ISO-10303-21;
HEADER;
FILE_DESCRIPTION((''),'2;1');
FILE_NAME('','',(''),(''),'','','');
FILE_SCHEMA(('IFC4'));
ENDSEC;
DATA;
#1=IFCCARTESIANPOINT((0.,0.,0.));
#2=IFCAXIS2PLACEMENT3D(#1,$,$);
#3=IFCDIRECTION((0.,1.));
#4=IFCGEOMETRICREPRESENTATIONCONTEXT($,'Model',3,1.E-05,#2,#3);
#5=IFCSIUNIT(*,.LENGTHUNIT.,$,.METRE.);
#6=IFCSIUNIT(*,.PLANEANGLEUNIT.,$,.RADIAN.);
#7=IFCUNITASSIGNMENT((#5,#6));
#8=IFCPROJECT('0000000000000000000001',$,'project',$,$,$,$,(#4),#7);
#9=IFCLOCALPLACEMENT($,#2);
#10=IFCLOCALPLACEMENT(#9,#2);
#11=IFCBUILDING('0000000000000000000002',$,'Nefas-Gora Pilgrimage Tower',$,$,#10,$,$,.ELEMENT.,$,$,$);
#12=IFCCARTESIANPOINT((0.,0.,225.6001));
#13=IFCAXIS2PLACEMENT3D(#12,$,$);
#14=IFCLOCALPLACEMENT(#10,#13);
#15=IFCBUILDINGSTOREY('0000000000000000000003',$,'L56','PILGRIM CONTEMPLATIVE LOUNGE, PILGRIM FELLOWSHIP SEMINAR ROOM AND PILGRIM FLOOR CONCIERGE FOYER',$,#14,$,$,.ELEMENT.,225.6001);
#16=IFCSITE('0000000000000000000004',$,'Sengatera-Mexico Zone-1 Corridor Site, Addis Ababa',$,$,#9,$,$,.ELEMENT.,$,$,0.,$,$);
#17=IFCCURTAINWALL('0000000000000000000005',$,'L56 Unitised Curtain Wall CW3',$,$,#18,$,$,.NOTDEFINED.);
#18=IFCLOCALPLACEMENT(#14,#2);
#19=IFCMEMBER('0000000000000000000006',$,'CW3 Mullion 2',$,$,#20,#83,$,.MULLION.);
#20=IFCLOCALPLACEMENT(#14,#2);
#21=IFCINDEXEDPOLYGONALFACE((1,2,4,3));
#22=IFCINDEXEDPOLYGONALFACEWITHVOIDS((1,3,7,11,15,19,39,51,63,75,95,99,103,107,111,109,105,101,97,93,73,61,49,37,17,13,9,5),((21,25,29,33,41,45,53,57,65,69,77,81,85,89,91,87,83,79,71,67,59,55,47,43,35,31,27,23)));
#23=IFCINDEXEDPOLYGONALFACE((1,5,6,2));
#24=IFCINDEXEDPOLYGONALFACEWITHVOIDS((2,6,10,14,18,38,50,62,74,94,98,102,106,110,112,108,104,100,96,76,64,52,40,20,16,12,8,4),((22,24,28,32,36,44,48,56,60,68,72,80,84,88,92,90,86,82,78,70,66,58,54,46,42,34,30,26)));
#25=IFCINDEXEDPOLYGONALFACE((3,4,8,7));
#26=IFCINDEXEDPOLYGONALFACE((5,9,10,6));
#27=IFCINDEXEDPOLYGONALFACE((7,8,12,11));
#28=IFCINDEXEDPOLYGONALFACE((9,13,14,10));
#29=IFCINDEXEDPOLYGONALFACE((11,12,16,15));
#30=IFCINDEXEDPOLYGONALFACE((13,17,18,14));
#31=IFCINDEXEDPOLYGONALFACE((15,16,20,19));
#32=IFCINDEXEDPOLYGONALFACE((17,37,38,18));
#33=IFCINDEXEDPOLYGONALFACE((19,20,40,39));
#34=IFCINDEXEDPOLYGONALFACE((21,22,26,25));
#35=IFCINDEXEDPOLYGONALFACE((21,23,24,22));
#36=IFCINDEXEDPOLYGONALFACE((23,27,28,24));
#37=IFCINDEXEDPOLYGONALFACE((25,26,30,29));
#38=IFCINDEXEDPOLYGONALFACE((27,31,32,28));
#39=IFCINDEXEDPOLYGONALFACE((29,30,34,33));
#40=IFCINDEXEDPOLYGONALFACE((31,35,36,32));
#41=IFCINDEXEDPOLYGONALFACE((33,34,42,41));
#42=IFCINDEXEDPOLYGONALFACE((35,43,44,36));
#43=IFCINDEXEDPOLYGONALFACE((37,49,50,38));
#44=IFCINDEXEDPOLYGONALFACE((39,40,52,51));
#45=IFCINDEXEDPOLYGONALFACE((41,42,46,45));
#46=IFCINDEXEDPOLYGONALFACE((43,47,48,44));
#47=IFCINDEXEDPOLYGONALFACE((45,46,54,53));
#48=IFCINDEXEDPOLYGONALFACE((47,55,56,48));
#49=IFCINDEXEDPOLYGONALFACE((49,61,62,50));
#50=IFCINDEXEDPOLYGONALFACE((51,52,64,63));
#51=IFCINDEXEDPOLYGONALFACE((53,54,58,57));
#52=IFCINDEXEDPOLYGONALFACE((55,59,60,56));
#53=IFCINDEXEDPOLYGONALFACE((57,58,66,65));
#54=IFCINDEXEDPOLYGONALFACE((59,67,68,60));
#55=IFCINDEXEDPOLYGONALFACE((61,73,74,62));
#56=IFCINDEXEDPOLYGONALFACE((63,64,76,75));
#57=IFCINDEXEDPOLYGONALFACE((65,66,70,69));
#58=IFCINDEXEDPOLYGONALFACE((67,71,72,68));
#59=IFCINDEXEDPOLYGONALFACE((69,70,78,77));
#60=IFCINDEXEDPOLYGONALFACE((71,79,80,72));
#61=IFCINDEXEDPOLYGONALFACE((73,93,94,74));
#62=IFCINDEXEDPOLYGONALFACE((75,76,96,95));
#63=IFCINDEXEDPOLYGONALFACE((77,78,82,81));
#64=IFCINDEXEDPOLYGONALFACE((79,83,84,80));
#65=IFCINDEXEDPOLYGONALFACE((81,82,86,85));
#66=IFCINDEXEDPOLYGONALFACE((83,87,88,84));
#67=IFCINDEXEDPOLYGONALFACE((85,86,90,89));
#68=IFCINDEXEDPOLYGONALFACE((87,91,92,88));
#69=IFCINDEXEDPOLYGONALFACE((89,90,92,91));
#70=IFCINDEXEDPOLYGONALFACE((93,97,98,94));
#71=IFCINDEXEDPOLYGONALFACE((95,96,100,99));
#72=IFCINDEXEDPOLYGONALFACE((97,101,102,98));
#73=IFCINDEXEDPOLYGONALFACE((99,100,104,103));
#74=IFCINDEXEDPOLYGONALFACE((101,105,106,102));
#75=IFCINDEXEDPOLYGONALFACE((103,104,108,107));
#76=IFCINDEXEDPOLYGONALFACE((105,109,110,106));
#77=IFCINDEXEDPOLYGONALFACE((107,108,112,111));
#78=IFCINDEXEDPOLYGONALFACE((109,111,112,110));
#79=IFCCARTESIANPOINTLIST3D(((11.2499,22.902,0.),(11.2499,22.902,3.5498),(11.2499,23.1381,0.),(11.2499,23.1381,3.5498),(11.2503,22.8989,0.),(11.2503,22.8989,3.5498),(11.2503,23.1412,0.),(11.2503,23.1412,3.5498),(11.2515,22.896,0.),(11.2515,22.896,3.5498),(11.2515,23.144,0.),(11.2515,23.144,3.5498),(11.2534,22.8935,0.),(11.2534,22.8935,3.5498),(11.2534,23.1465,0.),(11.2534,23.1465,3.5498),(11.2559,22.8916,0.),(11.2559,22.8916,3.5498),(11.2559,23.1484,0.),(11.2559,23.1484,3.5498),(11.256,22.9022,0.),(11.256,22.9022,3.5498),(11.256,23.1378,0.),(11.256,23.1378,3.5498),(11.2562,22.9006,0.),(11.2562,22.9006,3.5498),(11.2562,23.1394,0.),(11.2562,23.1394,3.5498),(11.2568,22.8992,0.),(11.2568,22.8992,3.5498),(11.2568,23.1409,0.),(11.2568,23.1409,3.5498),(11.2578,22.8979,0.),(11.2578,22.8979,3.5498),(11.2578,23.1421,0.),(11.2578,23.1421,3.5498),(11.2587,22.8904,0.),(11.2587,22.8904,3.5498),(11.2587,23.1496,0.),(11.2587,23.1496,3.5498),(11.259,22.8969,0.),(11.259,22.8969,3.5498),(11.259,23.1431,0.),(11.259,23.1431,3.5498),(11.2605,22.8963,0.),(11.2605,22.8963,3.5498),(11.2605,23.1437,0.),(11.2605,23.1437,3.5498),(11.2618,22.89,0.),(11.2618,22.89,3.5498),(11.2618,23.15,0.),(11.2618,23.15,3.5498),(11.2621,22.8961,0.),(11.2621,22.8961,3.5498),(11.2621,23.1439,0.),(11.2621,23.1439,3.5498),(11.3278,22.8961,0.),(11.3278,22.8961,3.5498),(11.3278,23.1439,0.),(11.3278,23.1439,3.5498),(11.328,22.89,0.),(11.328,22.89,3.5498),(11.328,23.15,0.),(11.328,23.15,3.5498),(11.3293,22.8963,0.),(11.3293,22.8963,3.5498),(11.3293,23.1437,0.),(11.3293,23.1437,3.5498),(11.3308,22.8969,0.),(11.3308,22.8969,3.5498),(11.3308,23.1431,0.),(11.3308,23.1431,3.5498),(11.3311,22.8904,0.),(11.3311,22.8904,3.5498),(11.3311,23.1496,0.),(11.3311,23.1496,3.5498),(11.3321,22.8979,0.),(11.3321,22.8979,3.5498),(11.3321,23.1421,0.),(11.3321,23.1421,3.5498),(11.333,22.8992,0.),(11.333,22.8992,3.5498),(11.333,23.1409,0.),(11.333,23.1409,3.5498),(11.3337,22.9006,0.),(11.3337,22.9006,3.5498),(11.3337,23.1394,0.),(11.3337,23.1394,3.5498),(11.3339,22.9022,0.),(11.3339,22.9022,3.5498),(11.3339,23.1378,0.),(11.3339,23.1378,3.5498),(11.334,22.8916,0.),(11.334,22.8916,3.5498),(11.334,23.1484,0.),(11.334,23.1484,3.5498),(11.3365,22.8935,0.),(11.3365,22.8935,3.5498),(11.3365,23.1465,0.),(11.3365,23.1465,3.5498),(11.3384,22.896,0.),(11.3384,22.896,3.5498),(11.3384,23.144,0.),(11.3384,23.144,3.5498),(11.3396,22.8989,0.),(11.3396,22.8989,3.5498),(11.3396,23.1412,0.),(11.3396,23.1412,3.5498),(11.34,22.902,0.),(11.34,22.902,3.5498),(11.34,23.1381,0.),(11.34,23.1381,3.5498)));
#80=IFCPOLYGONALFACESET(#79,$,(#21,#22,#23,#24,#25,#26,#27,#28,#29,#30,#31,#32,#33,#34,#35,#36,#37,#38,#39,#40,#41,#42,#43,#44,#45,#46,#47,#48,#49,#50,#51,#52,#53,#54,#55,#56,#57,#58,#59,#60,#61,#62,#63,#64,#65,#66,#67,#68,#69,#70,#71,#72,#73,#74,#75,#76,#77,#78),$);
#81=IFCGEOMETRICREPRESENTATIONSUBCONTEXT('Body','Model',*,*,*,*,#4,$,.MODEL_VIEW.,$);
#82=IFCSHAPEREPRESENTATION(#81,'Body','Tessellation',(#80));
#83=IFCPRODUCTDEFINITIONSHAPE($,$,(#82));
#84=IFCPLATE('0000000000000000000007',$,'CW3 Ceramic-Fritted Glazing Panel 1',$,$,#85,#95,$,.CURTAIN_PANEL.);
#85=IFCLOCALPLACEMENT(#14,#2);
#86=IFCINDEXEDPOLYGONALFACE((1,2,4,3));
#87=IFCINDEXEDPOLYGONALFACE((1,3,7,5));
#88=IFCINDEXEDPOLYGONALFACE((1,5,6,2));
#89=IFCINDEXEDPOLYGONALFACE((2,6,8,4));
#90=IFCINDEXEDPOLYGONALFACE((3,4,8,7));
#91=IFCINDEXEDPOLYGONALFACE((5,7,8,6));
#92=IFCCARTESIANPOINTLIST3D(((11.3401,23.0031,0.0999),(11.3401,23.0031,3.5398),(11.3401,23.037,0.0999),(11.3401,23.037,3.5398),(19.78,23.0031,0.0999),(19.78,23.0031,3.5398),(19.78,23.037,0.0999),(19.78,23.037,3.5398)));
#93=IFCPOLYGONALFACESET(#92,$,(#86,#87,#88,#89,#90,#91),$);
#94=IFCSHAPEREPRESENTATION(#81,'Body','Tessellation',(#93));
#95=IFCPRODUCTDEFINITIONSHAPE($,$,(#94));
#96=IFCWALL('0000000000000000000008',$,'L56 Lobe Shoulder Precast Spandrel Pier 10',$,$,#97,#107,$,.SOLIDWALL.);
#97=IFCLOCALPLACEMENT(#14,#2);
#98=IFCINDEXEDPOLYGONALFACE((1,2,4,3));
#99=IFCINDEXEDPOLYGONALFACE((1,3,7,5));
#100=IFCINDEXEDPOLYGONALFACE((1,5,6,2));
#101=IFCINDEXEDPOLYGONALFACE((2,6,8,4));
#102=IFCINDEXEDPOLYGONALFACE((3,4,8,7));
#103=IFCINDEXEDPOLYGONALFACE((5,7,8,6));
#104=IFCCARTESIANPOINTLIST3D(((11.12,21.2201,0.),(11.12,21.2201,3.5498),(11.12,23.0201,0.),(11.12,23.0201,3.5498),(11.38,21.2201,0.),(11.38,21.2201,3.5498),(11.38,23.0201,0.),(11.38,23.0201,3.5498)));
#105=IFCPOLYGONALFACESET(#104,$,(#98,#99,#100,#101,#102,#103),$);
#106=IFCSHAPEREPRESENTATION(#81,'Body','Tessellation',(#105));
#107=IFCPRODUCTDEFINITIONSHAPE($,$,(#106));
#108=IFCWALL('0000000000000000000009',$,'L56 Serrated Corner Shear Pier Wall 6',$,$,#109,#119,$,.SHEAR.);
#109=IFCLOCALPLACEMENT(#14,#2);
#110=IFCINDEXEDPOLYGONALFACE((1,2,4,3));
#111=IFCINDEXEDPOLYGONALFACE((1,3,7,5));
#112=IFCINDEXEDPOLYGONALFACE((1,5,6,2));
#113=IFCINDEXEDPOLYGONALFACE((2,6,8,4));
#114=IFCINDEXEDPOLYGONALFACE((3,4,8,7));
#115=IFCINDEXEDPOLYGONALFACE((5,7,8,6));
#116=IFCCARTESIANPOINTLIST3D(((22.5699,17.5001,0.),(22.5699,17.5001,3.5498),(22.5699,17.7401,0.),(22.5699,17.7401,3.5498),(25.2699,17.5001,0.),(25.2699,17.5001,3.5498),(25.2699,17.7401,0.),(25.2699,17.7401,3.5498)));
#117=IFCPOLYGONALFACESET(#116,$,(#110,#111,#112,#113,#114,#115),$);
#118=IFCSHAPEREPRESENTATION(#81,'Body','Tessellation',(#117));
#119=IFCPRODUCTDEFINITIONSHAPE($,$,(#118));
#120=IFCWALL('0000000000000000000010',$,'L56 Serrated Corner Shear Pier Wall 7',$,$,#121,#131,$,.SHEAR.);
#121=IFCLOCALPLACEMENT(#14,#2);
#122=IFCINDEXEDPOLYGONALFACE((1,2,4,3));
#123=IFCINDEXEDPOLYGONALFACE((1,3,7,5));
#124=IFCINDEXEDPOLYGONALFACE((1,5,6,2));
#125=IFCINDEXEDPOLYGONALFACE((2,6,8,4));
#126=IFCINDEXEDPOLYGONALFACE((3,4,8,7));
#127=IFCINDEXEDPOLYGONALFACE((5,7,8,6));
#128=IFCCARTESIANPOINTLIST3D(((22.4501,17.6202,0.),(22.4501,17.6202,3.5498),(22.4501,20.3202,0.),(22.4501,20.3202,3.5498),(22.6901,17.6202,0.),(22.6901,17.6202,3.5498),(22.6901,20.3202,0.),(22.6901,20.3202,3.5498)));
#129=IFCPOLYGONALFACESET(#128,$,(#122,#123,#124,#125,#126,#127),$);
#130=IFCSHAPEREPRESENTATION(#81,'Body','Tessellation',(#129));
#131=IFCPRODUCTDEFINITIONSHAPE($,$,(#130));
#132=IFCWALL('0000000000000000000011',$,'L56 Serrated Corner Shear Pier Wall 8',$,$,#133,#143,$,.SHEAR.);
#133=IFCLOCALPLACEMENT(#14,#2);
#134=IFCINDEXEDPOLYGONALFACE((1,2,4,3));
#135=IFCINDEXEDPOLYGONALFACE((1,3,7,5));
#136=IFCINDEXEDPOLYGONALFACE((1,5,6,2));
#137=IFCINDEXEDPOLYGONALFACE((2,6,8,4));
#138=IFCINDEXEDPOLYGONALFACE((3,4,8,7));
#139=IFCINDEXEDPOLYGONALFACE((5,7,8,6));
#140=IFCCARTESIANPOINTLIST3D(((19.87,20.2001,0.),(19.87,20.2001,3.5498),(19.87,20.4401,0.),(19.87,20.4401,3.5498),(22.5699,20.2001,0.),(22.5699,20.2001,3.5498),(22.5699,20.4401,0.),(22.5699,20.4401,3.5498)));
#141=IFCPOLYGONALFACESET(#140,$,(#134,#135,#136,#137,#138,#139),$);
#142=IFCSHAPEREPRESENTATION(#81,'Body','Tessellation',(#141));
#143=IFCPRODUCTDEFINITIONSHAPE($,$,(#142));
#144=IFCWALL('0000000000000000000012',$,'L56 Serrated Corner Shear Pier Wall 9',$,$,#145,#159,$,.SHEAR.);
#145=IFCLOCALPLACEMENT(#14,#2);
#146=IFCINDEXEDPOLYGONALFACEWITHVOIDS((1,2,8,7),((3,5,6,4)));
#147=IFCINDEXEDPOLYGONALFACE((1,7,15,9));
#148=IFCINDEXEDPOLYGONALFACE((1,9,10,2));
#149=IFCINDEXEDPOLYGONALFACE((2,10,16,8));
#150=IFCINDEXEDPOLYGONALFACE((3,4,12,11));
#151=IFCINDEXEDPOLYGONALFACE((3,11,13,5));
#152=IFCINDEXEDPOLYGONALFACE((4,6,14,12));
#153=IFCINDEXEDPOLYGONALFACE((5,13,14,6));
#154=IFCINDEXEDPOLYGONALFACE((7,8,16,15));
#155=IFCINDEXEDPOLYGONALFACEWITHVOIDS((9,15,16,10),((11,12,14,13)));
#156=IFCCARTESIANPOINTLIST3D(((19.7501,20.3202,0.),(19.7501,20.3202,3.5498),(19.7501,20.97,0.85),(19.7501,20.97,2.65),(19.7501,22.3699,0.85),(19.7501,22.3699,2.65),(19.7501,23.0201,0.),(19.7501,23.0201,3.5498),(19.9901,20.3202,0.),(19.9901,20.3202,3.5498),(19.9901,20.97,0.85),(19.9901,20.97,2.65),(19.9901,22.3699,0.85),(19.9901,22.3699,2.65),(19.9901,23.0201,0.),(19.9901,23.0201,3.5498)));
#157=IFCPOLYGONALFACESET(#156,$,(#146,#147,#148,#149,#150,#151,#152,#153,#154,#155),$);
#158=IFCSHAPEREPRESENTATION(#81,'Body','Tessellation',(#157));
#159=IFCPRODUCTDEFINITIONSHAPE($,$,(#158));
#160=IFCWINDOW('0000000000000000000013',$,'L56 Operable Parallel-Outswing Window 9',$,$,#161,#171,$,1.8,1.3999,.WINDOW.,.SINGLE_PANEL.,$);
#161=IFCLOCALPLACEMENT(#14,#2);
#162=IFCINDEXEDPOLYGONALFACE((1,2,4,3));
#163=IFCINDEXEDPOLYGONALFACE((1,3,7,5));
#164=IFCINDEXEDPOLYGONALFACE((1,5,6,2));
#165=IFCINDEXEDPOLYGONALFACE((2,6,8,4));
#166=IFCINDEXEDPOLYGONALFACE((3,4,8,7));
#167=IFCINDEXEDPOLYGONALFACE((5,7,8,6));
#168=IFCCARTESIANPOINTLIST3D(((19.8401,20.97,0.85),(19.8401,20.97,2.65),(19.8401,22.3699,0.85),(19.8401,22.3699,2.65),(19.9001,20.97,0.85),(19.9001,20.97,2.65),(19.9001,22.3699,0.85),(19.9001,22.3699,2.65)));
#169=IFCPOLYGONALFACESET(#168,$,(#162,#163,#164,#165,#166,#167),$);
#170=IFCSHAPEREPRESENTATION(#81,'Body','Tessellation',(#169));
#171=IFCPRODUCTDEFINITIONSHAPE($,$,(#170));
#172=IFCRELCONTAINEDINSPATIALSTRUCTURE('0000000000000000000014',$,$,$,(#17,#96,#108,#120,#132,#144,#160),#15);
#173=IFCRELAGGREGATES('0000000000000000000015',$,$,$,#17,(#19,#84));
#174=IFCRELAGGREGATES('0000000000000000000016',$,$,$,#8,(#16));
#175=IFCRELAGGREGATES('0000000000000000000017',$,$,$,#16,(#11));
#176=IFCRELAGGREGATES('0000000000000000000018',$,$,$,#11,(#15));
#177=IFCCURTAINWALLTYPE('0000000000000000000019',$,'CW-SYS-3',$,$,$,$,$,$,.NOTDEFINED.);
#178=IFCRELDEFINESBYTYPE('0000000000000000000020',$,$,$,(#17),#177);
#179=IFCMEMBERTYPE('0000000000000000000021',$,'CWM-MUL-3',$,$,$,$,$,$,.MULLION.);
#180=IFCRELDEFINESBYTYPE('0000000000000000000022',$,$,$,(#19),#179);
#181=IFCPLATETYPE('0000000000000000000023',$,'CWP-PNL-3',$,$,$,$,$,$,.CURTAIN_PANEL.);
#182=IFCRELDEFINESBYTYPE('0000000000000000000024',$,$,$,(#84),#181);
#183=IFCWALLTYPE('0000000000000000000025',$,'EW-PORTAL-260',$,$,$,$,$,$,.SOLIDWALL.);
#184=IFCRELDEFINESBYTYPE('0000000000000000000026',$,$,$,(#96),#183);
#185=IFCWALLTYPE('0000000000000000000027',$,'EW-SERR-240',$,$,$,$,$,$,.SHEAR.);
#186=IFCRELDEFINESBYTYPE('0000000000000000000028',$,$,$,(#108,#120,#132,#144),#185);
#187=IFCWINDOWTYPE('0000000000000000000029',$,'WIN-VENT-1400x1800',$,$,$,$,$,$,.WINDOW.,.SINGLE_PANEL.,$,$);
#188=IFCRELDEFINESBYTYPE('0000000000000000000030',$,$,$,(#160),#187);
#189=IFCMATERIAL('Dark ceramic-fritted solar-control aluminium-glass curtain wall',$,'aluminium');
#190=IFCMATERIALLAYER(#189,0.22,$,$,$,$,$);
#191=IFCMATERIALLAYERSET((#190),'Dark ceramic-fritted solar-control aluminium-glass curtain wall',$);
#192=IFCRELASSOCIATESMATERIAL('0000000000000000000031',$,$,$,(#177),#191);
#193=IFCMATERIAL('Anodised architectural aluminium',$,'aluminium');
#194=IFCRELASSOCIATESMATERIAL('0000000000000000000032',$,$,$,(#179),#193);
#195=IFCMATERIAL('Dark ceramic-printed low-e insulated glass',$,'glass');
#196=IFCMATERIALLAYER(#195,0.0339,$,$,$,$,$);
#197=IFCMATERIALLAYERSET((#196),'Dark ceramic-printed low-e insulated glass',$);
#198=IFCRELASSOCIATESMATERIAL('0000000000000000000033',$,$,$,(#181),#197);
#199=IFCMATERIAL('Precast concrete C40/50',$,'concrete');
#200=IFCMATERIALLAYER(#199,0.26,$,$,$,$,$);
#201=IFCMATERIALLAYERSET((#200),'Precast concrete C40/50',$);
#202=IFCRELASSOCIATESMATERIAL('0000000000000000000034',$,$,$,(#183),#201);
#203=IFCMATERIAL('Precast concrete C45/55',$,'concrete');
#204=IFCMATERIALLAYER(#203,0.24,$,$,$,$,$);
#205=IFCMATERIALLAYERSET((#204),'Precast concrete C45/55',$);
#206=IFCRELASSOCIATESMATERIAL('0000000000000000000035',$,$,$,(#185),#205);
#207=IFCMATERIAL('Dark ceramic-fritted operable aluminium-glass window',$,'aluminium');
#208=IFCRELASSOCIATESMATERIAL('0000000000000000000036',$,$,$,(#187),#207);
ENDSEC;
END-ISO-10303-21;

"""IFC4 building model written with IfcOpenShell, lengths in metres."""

from ifc_helpers import new_model, si_unit, direction, frame, frame_2d, origin, origin_2d, place, context, subcontext, project, spatial, rectangle, hollow_rectangle, extrude, source, transform, mapped, material, layer, layer_set, material_profile, profile_set, type_object, element, fill, aggregate, save


model = new_model("IFC4")

# Units and contexts
model_context = context("Model", 3, precision=1e-05, world=origin(), true_north=direction((0.0, 1.0)))
body_context = subcontext(model_context, "Body", "Model", "MODEL_VIEW")
ifc_project = project(units=[si_unit("LENGTHUNIT", "METRE"), si_unit("PLANEANGLEUNIT", "RADIAN")], contexts=[model_context])

# Site, building, storey
site_placement = place(None, origin())
site = spatial("IfcSite", under=ifc_project, at=site_placement, Name="Sengatera-Mexico Zone-1 Corridor Site, Addis Ababa", CompositionType="ELEMENT", RefElevation=0.0)
building_placement = place(site_placement, origin())
building = spatial("IfcBuilding", under=site, at=building_placement, Name="Nefas-Gora Pilgrimage Tower", CompositionType="ELEMENT")
storey_placement = place(building_placement, frame((0.0, 0.0, 225.6001)))
storey = spatial("IfcBuildingStorey", under=building, at=storey_placement, Name="L56", Description="PILGRIM CONTEMPLATIVE LOUNGE, PILGRIM FELLOWSHIP SEMINAR ROOM AND PILGRIM FLOOR CONCIERGE FOYER", CompositionType="ELEMENT", Elevation=225.6001)

# Curtain wall
ifc_material_1 = material(Name="Dark ceramic-fritted solar-control aluminium-glass curtain wall", Category="aluminium")
ifc_layer_1 = layer(ifc_material_1, 0.22)
ifc_layer_set_1 = layer_set([ifc_layer_1], Name="Dark ceramic-fritted solar-control aluminium-glass curtain wall")
curtain_wall_type = type_object("IfcCurtainWallType", Name="CW-SYS-3", PredefinedType="NOTDEFINED", material=ifc_layer_set_1)
curtain_wall_1_placement = place(storey_placement, origin())
curtain_wall_1 = element("IfcCurtainWall", 1, at=curtain_wall_1_placement, inside=storey, type_object=curtain_wall_type, Name="L56 Unitised Curtain Wall CW3", PredefinedType="NOTDEFINED")
ifc_material_2 = material(Name="Anodised architectural aluminium", Category="aluminium")
ifc_material_profile_1 = material_profile(ifc_material_2, hollow_rectangle(XDim=0.0901, YDim=0.26, WallThickness=0.0061, InnerFilletRadius=0.0061, OuterFilletRadius=0.012, at=origin_2d()), Name="ALU MULLION 90x260")
ifc_profile_set_1 = profile_set([ifc_material_profile_1], Name="Anodised architectural aluminium")
member_type_1 = type_object("IfcMemberType", Name="CWM-MUL-3", PredefinedType="MULLION", material=ifc_profile_set_1)
shared_shape_1 = source(origin(), body_context, "Body", "SweptSolid", [
    extrude(hollow_rectangle(XDim=0.0901, YDim=0.26, WallThickness=0.0061, InnerFilletRadius=0.0061, OuterFilletRadius=0.012, at=origin_2d()), origin(), (0.0, 0.0, 1.0), 3.5498),
])

# Member
member_1_placement = place(storey_placement, frame((11.2949, 23.02, 0.0), z_axis=(0.0, 0.0, 1.0), x_axis=(-1.0, 0.0, 0.0)))
member_1 = element("IfcMember", 2, at=member_1_placement, type_object=member_type_1, Name="CW3 Mullion 2", PredefinedType="MULLION", context=body_context, shape_type="MappedRepresentation", body=[
    mapped(shared_shape_1, transform((0.0, 0.0, 0.0), x_axis=(1.0, 0.0, 0.0), y_axis=(0.0, 1.0, 0.0), z_axis=(0.0, 0.0, 1.0), scale=1.0)),
])

# Plate
ifc_material_3 = material(Name="Dark ceramic-printed low-e insulated glass", Category="glass")
ifc_layer_2 = layer(ifc_material_3, 0.0339)
ifc_layer_set_2 = layer_set([ifc_layer_2], Name="Dark ceramic-printed low-e insulated glass")
plate_type = type_object("IfcPlateType", Name="CWP-PNL-3", PredefinedType="CURTAIN_PANEL", material=ifc_layer_set_2)
shared_shape_2 = source(origin(), body_context, "Body", "SweptSolid", [
    extrude(rectangle(XDim=8.4399, YDim=0.0339, at=origin_2d()), origin(), (0.0, 0.0, 1.0), 3.4399),
])
plate_placement = place(storey_placement, frame((15.5601, 23.02, 0.0999), z_axis=(0.0, 0.0, 1.0), x_axis=(-1.0, 0.0, 0.0)))
plate = element("IfcPlate", 3, at=plate_placement, type_object=plate_type, Name="CW3 Ceramic-Fritted Glazing Panel 1", PredefinedType="CURTAIN_PANEL", context=body_context, shape_type="MappedRepresentation", body=[
    mapped(shared_shape_2, transform((0.0, 0.0, 0.0), x_axis=(1.0, 0.0, 0.0), y_axis=(0.0, 1.0, 0.0), z_axis=(0.0, 0.0, 1.0), scale=1.0)),
])
aggregate(curtain_wall_1, [member_1, plate])

# Walls
ifc_material_4 = material(Name="Precast concrete C40/50", Category="concrete")
ifc_layer_3 = layer(ifc_material_4, 0.26)
ifc_layer_set_3 = layer_set([ifc_layer_3], Name="Precast concrete C40/50")
wall_type_1 = type_object("IfcWallType", Name="EW-PORTAL-260", PredefinedType="SOLIDWALL", material=ifc_layer_set_3)
shared_shape_3 = source(origin(), body_context, "Body", "SweptSolid", [
    extrude(rectangle(XDim=1.8, YDim=0.26, at=frame_2d((0.8999, 0.0))), origin(), (0.0, 0.0, 1.0), 3.5498),
])
wall_1_placement = place(storey_placement, frame((11.25, 23.02, 0.0), z_axis=(0.0, 0.0, 1.0), x_axis=(0.0, -1.0, 0.0)))
element("IfcWall", 4, at=wall_1_placement, inside=storey, type_object=wall_type_1, Name="L56 Lobe Shoulder Precast Spandrel Pier 10", PredefinedType="SOLIDWALL", context=body_context, shape_type="MappedRepresentation", body=[
    mapped(shared_shape_3, transform((0.0, 0.0, 0.0), x_axis=(1.0, 0.0, 0.0), y_axis=(0.0, 1.0, 0.0), z_axis=(0.0, 0.0, 1.0), scale=1.0)),
])
ifc_material_5 = material(Name="Precast concrete C45/55", Category="concrete")
ifc_layer_4 = layer(ifc_material_5, 0.24)
ifc_layer_set_4 = layer_set([ifc_layer_4], Name="Precast concrete C45/55")
wall_type_2 = type_object("IfcWallType", Name="EW-SERR-240", PredefinedType="SHEAR", material=ifc_layer_set_4)
shared_shape_4 = source(origin(), body_context, "Body", "SweptSolid", [
    extrude(rectangle(XDim=2.7, YDim=0.24, at=frame_2d((1.3501, 0.0))), origin(), (0.0, 0.0, 1.0), 3.5498),
])
for number, where, z_axis, x_axis, name in (
    (5, (25.27, 17.6201, 0.0), (0.0, 0.0, 1.0), (-1.0, 0.0, 0.0), "L56 Serrated Corner Shear Pier Wall 6"),
    (6, (22.5701, 17.6201, 0.0), (0.0, 0.0, 1.0), (0.0, 1.0, 0.0), "L56 Serrated Corner Shear Pier Wall 7"),
    (7, (22.5701, 20.3201, 0.0), (0.0, 0.0, 1.0), (-1.0, 0.0, 0.0), "L56 Serrated Corner Shear Pier Wall 8"),
):
    element("IfcWall", number, at=place(storey_placement, frame(where, z_axis=z_axis, x_axis=x_axis)), inside=storey, type_object=wall_type_2, Name=name, PredefinedType="SHEAR", context=body_context, shape_type="MappedRepresentation", body=[
        mapped(shared_shape_4, transform((0.0, 0.0, 0.0), x_axis=(1.0, 0.0, 0.0), y_axis=(0.0, 1.0, 0.0), z_axis=(0.0, 0.0, 1.0), scale=1.0)),
    ])

# Wall, opening, window
wall_2_placement = place(storey_placement, frame((19.8701, 20.3201, 0.0), z_axis=(0.0, 0.0, 1.0), x_axis=(0.0, 1.0, 0.0)))
wall_2 = element("IfcWall", 8, at=wall_2_placement, inside=storey, type_object=wall_type_2, Name="L56 Serrated Corner Shear Pier Wall 9", PredefinedType="SHEAR", context=body_context, shape_type="MappedRepresentation", body=[
    mapped(shared_shape_4, transform((0.0, 0.0, 0.0), x_axis=(1.0, 0.0, 0.0), y_axis=(0.0, 1.0, 0.0), z_axis=(0.0, 0.0, 1.0), scale=1.0)),
])
opening_1_placement = place(wall_2_placement, frame((0.6499, 0.0, 0.8501)))
opening_1 = element("IfcOpeningElement", 9, at=opening_1_placement, cuts=wall_2, PredefinedType="OPENING", context=body_context, shape_type="SweptSolid", body=[
    extrude(rectangle(XDim=1.3999, YDim=1.8, at=frame_2d((0.7, 0.8999))), frame((0.0, 0.1299, 0.0), z_axis=(0.0, -1.0, 0.0), x_axis=(1.0, 0.0, 0.0)), (0.0, 0.0, 1.0), 0.26),
])
ifc_material_6 = material(Name="Dark ceramic-fritted operable aluminium-glass window", Category="aluminium")
window_type = type_object("IfcWindowType", Name="WIN-VENT-1400x1800", PartitioningType="SINGLE_PANEL", PredefinedType="WINDOW", material=ifc_material_6)
shared_shape_5 = source(origin(), body_context, "Body", "SweptSolid", [
    extrude(rectangle(XDim=1.3999, YDim=1.8, at=frame_2d((0.7, 0.8999))), frame((0.0, 0.03, 0.0), z_axis=(0.0, -1.0, 0.0), x_axis=(1.0, 0.0, 0.0)), (0.0, 0.0, 1.0), 0.0601),
])
window_placement = place(opening_1_placement, origin())
window = element("IfcWindow", 10, at=window_placement, inside=storey, type_object=window_type, Name="L56 Operable Parallel-Outswing Window 9", OverallHeight=1.8, OverallWidth=1.3999, PartitioningType="SINGLE_PANEL", PredefinedType="WINDOW", context=body_context, shape_type="MappedRepresentation", body=[
    mapped(shared_shape_5, transform((0.0, 0.0, 0.0), x_axis=(1.0, 0.0, 0.0), y_axis=(0.0, 1.0, 0.0), z_axis=(0.0, 0.0, 1.0), scale=1.0)),
])
fill(opening_1, window)

save(model, "model.ifc")
